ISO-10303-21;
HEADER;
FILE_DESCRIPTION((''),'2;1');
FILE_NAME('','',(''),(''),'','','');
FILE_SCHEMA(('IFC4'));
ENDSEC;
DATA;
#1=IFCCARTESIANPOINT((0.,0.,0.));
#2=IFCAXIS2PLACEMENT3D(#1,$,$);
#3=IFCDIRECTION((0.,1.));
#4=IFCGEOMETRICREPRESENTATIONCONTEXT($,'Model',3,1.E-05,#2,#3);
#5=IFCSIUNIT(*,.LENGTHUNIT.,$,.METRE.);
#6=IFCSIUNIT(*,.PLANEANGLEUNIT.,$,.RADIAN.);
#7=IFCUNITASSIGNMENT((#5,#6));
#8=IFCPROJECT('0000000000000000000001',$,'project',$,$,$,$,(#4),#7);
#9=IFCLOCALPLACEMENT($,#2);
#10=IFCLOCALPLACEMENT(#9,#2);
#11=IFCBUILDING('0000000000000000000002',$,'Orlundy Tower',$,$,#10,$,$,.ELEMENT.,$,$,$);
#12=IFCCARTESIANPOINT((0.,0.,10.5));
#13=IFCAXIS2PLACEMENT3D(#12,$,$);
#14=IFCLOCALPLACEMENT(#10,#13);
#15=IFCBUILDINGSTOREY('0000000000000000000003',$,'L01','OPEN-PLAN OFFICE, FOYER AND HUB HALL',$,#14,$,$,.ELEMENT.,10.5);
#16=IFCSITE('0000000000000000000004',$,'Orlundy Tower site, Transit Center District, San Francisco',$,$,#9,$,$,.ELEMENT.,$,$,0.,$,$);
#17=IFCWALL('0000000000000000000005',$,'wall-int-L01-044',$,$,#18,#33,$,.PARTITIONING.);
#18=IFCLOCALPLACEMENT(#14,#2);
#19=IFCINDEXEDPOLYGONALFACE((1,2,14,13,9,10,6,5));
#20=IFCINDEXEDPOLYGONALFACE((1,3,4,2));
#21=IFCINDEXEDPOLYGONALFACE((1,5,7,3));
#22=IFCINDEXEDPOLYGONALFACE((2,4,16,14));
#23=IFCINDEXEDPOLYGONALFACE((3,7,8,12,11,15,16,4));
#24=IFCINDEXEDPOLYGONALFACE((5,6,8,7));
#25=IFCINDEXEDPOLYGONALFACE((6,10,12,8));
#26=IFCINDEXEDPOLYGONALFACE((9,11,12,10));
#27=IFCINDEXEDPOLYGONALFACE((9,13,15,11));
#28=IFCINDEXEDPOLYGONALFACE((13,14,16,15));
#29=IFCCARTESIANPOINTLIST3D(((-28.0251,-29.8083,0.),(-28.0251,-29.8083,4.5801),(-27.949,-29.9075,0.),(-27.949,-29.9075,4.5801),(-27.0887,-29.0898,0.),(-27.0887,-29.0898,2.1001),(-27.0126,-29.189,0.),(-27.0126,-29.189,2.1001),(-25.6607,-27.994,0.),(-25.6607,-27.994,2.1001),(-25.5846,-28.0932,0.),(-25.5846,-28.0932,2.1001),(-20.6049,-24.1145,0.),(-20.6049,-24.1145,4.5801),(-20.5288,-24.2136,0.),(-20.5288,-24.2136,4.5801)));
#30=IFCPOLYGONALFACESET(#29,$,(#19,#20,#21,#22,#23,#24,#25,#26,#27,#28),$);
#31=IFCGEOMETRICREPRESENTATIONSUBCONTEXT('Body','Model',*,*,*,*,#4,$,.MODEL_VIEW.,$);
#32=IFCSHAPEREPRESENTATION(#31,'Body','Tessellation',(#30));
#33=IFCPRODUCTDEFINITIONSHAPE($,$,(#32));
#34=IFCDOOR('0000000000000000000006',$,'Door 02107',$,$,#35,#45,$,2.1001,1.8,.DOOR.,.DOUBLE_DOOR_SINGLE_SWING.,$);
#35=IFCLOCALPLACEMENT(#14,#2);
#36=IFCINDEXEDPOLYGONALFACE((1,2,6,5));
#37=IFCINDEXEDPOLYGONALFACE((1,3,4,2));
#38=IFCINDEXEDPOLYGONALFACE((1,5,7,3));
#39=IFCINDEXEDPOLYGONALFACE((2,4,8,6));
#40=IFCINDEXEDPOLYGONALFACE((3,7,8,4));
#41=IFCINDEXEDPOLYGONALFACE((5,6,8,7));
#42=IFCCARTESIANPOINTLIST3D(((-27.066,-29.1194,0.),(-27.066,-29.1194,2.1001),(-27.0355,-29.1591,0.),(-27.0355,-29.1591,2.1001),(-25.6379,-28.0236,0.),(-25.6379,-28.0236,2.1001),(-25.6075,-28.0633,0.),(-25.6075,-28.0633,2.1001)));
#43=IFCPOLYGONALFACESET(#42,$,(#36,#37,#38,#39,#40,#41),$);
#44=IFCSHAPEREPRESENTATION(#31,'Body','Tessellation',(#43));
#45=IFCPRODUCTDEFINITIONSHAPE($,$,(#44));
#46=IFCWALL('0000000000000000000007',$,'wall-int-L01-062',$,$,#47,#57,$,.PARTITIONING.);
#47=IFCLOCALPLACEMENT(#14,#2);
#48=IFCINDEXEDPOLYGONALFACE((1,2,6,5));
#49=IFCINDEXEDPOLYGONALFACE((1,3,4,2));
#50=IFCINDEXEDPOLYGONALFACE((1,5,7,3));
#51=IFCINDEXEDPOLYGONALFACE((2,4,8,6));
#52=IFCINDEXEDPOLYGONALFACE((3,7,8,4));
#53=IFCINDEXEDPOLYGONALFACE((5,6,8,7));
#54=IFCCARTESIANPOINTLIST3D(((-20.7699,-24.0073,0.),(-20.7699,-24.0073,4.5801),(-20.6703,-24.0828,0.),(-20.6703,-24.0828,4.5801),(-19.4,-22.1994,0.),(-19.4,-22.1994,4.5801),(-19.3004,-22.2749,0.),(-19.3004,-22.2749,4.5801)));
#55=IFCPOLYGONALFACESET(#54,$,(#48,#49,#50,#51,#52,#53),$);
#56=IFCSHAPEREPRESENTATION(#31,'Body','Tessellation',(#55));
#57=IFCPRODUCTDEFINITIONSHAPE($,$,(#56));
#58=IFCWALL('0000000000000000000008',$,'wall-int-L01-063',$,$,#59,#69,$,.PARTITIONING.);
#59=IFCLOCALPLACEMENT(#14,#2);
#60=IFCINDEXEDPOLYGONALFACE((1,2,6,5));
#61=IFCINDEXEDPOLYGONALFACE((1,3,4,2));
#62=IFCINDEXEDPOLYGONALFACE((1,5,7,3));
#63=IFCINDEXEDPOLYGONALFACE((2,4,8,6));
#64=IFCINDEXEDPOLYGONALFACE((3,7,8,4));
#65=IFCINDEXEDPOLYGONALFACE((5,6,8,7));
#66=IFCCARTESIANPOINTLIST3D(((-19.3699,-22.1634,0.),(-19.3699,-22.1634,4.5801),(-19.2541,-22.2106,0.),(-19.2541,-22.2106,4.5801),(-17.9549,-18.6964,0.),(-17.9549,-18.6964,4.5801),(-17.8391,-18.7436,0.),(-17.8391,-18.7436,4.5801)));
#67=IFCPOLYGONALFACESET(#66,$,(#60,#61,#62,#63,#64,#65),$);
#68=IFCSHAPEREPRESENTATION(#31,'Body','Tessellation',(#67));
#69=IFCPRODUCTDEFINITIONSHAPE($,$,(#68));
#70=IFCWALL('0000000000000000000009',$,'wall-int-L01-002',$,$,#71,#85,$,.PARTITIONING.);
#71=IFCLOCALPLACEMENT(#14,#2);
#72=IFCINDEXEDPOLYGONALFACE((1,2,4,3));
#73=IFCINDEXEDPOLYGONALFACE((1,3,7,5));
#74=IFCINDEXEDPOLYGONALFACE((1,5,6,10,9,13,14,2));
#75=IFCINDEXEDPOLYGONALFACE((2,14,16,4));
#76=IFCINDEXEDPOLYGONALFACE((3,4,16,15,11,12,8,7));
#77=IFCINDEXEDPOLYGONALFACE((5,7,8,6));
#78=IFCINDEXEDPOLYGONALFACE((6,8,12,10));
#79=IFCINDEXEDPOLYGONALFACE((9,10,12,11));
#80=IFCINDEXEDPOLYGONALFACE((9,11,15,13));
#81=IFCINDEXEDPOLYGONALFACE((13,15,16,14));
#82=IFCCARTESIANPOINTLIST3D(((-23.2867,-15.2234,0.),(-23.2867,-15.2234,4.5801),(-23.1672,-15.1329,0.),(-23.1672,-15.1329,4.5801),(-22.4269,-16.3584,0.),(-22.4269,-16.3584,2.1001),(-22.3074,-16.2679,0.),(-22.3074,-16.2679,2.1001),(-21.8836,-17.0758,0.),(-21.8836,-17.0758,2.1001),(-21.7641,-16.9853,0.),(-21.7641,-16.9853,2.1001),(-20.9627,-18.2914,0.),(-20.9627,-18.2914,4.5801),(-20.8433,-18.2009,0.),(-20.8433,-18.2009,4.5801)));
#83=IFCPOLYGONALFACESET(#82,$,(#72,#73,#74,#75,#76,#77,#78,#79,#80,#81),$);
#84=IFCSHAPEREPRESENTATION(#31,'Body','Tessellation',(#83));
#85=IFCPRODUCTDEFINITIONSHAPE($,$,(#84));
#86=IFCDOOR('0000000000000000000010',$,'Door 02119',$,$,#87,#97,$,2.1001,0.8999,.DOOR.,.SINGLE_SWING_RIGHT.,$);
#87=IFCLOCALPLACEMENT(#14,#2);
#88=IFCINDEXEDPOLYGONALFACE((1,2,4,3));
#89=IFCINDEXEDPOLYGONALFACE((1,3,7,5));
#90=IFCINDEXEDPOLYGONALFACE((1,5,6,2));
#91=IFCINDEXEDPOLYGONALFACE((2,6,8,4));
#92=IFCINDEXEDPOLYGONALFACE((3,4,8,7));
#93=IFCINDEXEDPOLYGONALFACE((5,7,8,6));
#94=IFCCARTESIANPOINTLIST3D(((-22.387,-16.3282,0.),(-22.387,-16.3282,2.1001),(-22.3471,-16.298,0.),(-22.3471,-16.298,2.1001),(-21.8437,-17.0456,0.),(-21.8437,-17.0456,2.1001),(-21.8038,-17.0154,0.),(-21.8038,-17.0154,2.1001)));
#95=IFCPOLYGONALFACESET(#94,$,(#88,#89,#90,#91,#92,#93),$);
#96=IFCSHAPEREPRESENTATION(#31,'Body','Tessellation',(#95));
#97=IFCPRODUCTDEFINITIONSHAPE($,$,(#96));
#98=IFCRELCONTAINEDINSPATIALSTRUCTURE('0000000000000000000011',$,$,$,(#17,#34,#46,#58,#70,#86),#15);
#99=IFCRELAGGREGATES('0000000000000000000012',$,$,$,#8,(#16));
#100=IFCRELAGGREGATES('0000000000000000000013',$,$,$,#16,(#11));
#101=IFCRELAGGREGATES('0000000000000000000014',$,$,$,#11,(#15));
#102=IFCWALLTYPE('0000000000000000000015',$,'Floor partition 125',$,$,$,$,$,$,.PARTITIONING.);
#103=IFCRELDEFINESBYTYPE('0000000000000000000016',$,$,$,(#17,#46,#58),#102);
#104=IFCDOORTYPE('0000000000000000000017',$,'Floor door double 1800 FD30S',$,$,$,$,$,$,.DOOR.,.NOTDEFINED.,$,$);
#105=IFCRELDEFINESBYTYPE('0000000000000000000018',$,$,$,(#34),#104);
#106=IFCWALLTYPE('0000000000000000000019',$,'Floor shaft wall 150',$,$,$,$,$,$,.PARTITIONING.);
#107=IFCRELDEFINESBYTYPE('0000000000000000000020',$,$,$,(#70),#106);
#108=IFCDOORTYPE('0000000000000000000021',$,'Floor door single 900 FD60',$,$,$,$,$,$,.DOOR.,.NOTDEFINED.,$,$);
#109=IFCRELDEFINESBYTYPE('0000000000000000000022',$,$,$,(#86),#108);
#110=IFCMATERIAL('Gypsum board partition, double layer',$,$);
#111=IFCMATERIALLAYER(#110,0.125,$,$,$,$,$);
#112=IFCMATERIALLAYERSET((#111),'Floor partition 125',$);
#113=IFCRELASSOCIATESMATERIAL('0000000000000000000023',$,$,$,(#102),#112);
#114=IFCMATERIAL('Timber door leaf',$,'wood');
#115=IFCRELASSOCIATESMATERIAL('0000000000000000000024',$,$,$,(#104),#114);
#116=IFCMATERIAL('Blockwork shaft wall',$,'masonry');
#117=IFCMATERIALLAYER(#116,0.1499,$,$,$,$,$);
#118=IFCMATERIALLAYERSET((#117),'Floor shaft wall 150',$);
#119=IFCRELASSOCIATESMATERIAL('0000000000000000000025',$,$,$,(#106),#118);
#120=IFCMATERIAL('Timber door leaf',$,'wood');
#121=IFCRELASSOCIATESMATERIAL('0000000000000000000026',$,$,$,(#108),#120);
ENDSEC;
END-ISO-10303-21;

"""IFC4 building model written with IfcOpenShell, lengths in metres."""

from ifc_helpers import new_model, si_unit, direction, frame, frame_2d, origin, place, context, subcontext, project, spatial, rectangle, extrude, material, layer, layer_set, type_object, element, fill, save


model = new_model("IFC4")

# Units and contexts
model_context = context("Model", 3, precision=1e-05, world=origin(), true_north=direction((0.0, 1.0)))
body_context = subcontext(model_context, "Body", "Model", "MODEL_VIEW")
ifc_project = project(units=[si_unit("LENGTHUNIT", "METRE"), si_unit("PLANEANGLEUNIT", "RADIAN")], contexts=[model_context])

# Site, building, storey
site_placement = place(None, origin())
site = spatial("IfcSite", under=ifc_project, at=site_placement, Name="Orlundy Tower site, Transit Center District, San Francisco", CompositionType="ELEMENT", RefElevation=0.0)
building_placement = place(site_placement, origin())
building = spatial("IfcBuilding", under=site, at=building_placement, Name="Orlundy Tower", CompositionType="ELEMENT")
storey_placement = place(building_placement, frame((0.0, 0.0, 10.5)))
storey = spatial("IfcBuildingStorey", under=building, at=storey_placement, Name="L01", Description="OPEN-PLAN OFFICE, FOYER AND HUB HALL", CompositionType="ELEMENT", Elevation=10.5)

# Shared definitions
ifc_material_1 = material(Name="Gypsum board partition, double layer")
ifc_layer_1 = layer(ifc_material_1, 0.125)
ifc_layer_set_1 = layer_set([ifc_layer_1], Name="Floor partition 125")
wall_type_1 = type_object("IfcWallType", Name="Floor partition 125", PredefinedType="PARTITIONING", material=ifc_layer_set_1)

# Wall, opening, door
wall_1_placement = place(storey_placement, frame((-20.5669, -24.1641, 0.0), z_axis=(0.0, 0.0, 1.0), x_axis=(-0.793345, -0.608772, 0.0)))
wall_1 = element("IfcWall", 1, at=wall_1_placement, inside=storey, type_object=wall_type_1, Name="wall-int-L01-044", PredefinedType="PARTITIONING", context=body_context, shape_type="SweptSolid", body=[
    extrude(rectangle(XDim=9.353, YDim=0.125, at=frame_2d((4.6765, 0.0))), origin(), (0.0, 0.0, 1.0), 4.5801),
])
opening_1_placement = place(wall_1_placement, frame((6.3728, 0.0, 0.0)))
opening_1 = element("IfcOpeningElement", 2, at=opening_1_placement, cuts=wall_1, PredefinedType="OPENING", context=body_context, shape_type="SweptSolid", body=[
    extrude(rectangle(XDim=1.8, YDim=2.1001, at=frame_2d((0.8999, 1.05))), frame((0.0, 0.0725, 0.0), z_axis=(0.0, -1.0, 0.0), x_axis=(1.0, 0.0, 0.0)), (0.0, 0.0, 1.0), 0.145),
])
ifc_material_2 = material(Name="Timber door leaf", Category="wood")
door_type_1 = type_object("IfcDoorType", Name="Floor door double 1800 FD30S", OperationType="NOTDEFINED", PredefinedType="DOOR", material=ifc_material_2)
door_1_placement = place(opening_1_placement, origin())
door_1 = element("IfcDoor", 3, at=door_1_placement, inside=storey, type_object=door_type_1, Name="Door 02107", OperationType="DOUBLE_DOOR_SINGLE_SWING", OverallHeight=2.1001, OverallWidth=1.8, PredefinedType="DOOR", context=body_context, shape_type="SweptSolid", body=[
    extrude(rectangle(XDim=1.8, YDim=2.1001, at=frame_2d((0.8999, 1.05))), frame((0.0, 0.0249, 0.0), z_axis=(0.0, -1.0, 0.0), x_axis=(1.0, 0.0, 0.0)), (0.0, 0.0, 1.0), 0.05),
])
fill(opening_1, door_1)

# Walls
wall_2_placement = place(storey_placement, frame((-19.3501, -22.2371, 0.0), z_axis=(0.0, 0.0, 1.0), x_axis=(-0.603936, -0.797032, 0.0)))
element("IfcWall", 4, at=wall_2_placement, inside=storey, type_object=wall_type_1, Name="wall-int-L01-062", PredefinedType="PARTITIONING", context=body_context, shape_type="SweptSolid", body=[
    extrude(rectangle(XDim=2.2683, YDim=0.125, at=frame_2d((1.1343, 0.0))), origin(), (0.0, 0.0, 1.0), 4.5801),
])
wall_3_placement = place(storey_placement, frame((-19.312, -22.187, 0.0), z_axis=(0.0, 0.0, 1.0), x_axis=(0.377879, 0.925855, 0.0)))
element("IfcWall", 5, at=wall_3_placement, inside=storey, type_object=wall_type_1, Name="wall-int-L01-063", PredefinedType="PARTITIONING", context=body_context, shape_type="SweptSolid", body=[
    extrude(rectangle(XDim=3.7446, YDim=0.125, at=frame_2d((1.8723, 0.0))), origin(), (0.0, 0.0, 1.0), 4.5801),
])

# Wall, opening, door
ifc_material_3 = material(Name="Blockwork shaft wall", Category="masonry")
ifc_layer_2 = layer(ifc_material_3, 0.1499)
ifc_layer_set_2 = layer_set([ifc_layer_2], Name="Floor shaft wall 150")
wall_type_2 = type_object("IfcWallType", Name="Floor shaft wall 150", PredefinedType="PARTITIONING", material=ifc_layer_set_2)
wall_4_placement = place(storey_placement, frame((-20.9031, -18.2461, 0.0), z_axis=(0.0, 0.0, 1.0), x_axis=(-0.603799, 0.797137, 0.0)))
wall_4 = element("IfcWall", 6, at=wall_4_placement, inside=storey, type_object=wall_type_2, Name="wall-int-L01-002", PredefinedType="PARTITIONING", context=body_context, shape_type="SweptSolid", body=[
    extrude(rectangle(XDim=3.8489, YDim=0.1499, at=frame_2d((1.9243, 0.0))), origin(), (0.0, 0.0, 1.0), 4.5801),
])
opening_2_placement = place(wall_4_placement, frame((1.5249, 0.0, 0.0)))
opening_2 = element("IfcOpeningElement", 7, at=opening_2_placement, cuts=wall_4, PredefinedType="OPENING", context=body_context, shape_type="SweptSolid", body=[
    extrude(rectangle(XDim=0.8999, YDim=2.1001, at=frame_2d((0.45, 1.05))), frame((0.0, 0.085, 0.0), z_axis=(0.0, -1.0, 0.0), x_axis=(1.0, 0.0, 0.0)), (0.0, 0.0, 1.0), 0.1699),
])
ifc_material_4 = material(Name="Timber door leaf", Category="wood")
door_type_2 = type_object("IfcDoorType", Name="Floor door single 900 FD60", OperationType="NOTDEFINED", PredefinedType="DOOR", material=ifc_material_4)
door_2_placement = place(opening_2_placement, origin())
door_2 = element("IfcDoor", 8, at=door_2_placement, inside=storey, type_object=door_type_2, Name="Door 02119", OperationType="SINGLE_SWING_RIGHT", OverallHeight=2.1001, OverallWidth=0.8999, PredefinedType="DOOR", context=body_context, shape_type="SweptSolid", body=[
    extrude(rectangle(XDim=0.8999, YDim=2.1001, at=frame_2d((0.45, 1.05))), frame((0.0, 0.0249, 0.0), z_axis=(0.0, -1.0, 0.0), x_axis=(1.0, 0.0, 0.0)), (0.0, 0.0, 1.0), 0.05),
])
fill(opening_2, door_2)

save(model, "model.ifc")
